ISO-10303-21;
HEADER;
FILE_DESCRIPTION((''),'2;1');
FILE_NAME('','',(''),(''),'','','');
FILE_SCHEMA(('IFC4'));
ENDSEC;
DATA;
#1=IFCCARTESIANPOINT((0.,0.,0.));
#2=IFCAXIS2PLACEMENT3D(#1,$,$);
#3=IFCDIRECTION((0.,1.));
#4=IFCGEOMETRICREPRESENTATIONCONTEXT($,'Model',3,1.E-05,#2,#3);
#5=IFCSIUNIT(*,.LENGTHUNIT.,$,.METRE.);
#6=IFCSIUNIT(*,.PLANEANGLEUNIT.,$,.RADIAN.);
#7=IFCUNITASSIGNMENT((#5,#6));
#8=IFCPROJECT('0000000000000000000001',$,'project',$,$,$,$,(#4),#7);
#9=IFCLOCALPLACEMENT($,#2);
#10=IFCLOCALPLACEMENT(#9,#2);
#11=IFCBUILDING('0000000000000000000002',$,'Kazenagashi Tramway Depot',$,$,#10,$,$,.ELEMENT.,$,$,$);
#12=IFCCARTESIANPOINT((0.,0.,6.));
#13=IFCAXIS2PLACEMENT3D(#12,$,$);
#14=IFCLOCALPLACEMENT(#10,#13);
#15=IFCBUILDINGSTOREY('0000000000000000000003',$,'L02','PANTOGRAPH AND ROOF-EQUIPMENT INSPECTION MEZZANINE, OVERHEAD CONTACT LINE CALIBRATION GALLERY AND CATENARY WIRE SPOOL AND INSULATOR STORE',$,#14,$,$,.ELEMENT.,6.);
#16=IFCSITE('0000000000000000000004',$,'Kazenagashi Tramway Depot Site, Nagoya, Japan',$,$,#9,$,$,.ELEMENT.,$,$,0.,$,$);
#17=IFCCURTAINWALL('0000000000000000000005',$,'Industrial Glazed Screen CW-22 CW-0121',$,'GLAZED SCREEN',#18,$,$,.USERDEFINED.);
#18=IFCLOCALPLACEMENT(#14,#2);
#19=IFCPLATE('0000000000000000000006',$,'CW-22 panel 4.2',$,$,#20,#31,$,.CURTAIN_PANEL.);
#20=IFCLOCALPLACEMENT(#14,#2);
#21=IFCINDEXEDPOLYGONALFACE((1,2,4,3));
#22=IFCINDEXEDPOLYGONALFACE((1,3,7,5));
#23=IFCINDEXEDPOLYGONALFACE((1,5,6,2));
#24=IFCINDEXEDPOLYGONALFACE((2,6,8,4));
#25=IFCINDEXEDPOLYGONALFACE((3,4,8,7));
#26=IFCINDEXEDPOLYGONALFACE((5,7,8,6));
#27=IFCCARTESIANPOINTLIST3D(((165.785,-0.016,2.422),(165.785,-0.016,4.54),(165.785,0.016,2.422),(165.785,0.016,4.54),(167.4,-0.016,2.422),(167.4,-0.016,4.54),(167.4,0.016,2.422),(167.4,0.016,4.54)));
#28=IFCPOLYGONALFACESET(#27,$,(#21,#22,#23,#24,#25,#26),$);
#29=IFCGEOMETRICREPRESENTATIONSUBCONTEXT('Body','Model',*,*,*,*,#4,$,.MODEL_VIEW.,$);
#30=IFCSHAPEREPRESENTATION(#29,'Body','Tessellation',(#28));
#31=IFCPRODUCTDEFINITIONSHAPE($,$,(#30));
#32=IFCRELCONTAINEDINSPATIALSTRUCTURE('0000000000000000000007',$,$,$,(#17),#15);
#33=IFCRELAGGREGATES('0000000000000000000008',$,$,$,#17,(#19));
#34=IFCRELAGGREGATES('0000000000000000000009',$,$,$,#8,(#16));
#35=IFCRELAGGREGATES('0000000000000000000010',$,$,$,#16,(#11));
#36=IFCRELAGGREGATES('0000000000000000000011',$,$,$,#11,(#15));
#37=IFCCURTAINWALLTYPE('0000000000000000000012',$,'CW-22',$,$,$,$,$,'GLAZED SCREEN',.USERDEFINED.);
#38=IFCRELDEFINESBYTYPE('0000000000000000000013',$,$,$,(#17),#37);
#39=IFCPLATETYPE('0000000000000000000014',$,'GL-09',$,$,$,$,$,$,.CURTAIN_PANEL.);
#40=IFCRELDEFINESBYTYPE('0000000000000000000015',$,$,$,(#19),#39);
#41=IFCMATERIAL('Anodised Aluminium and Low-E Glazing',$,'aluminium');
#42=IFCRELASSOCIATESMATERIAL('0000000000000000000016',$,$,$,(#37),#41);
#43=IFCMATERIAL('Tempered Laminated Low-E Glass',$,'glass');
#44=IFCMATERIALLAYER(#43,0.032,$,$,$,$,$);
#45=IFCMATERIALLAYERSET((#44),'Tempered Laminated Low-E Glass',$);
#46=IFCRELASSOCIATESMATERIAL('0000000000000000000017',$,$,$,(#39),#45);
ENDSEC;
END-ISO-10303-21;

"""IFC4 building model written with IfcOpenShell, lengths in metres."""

from ifc_helpers import new_model, si_unit, direction, frame, origin, origin_2d, place, context, subcontext, project, spatial, rectangle, extrude, material, layer, layer_set, type_object, element, aggregate, save


model = new_model("IFC4")

# Units and contexts
model_context = context("Model", 3, precision=1e-05, world=origin(), true_north=direction((0.0, 1.0)))
body_context = subcontext(model_context, "Body", "Model", "MODEL_VIEW")
ifc_project = project(units=[si_unit("LENGTHUNIT", "METRE"), si_unit("PLANEANGLEUNIT", "RADIAN")], contexts=[model_context])

# Site, building, storey
site_placement = place(None, origin())
site = spatial("IfcSite", under=ifc_project, at=site_placement, Name="Kazenagashi Tramway Depot Site, Nagoya, Japan", CompositionType="ELEMENT", RefElevation=0.0)
building_placement = place(site_placement, origin())
building = spatial("IfcBuilding", under=site, at=building_placement, Name="Kazenagashi Tramway Depot", CompositionType="ELEMENT")
storey_placement = place(building_placement, frame((0.0, 0.0, 6.0)))
storey = spatial("IfcBuildingStorey", under=building, at=storey_placement, Name="L02", Description="PANTOGRAPH AND ROOF-EQUIPMENT INSPECTION MEZZANINE, OVERHEAD CONTACT LINE CALIBRATION GALLERY AND CATENARY WIRE SPOOL AND INSULATOR STORE", CompositionType="ELEMENT", Elevation=6.0)

# Curtain wall
ifc_material_1 = material(Name="Anodised Aluminium and Low-E Glazing", Category="aluminium")
curtain_wall_type = type_object("IfcCurtainWallType", Name="CW-22", ElementType="GLAZED SCREEN", PredefinedType="USERDEFINED", material=ifc_material_1)
curtain_wall_1_placement = place(storey_placement, origin())
curtain_wall_1 = element("IfcCurtainWall", 1, at=curtain_wall_1_placement, inside=storey, type_object=curtain_wall_type, Name="Industrial Glazed Screen CW-22 CW-0121", ObjectType="GLAZED SCREEN", PredefinedType="USERDEFINED")

# Plate
ifc_material_2 = material(Name="Tempered Laminated Low-E Glass", Category="glass")
ifc_layer = layer(ifc_material_2, 0.032)
ifc_layer_set = layer_set([ifc_layer], Name="Tempered Laminated Low-E Glass")
plate_type = type_object("IfcPlateType", Name="GL-09", PredefinedType="CURTAIN_PANEL", material=ifc_layer_set)
plate_1_placement = place(storey_placement, frame((166.5925, 0.0, 2.422), z_axis=(0.0, 0.0, 1.0), x_axis=(1.0, 0.0, 0.0)))
plate_1 = element("IfcPlate", 2, at=plate_1_placement, type_object=plate_type, Name="CW-22 panel 4.2", PredefinedType="CURTAIN_PANEL", context=body_context, shape_type="SweptSolid", body=[
    extrude(rectangle(XDim=1.615, YDim=0.032, at=origin_2d()), origin(), (0.0, 0.0, 1.0), 2.118),
])
aggregate(curtain_wall_1, [plate_1])

save(model, "model.ifc")
